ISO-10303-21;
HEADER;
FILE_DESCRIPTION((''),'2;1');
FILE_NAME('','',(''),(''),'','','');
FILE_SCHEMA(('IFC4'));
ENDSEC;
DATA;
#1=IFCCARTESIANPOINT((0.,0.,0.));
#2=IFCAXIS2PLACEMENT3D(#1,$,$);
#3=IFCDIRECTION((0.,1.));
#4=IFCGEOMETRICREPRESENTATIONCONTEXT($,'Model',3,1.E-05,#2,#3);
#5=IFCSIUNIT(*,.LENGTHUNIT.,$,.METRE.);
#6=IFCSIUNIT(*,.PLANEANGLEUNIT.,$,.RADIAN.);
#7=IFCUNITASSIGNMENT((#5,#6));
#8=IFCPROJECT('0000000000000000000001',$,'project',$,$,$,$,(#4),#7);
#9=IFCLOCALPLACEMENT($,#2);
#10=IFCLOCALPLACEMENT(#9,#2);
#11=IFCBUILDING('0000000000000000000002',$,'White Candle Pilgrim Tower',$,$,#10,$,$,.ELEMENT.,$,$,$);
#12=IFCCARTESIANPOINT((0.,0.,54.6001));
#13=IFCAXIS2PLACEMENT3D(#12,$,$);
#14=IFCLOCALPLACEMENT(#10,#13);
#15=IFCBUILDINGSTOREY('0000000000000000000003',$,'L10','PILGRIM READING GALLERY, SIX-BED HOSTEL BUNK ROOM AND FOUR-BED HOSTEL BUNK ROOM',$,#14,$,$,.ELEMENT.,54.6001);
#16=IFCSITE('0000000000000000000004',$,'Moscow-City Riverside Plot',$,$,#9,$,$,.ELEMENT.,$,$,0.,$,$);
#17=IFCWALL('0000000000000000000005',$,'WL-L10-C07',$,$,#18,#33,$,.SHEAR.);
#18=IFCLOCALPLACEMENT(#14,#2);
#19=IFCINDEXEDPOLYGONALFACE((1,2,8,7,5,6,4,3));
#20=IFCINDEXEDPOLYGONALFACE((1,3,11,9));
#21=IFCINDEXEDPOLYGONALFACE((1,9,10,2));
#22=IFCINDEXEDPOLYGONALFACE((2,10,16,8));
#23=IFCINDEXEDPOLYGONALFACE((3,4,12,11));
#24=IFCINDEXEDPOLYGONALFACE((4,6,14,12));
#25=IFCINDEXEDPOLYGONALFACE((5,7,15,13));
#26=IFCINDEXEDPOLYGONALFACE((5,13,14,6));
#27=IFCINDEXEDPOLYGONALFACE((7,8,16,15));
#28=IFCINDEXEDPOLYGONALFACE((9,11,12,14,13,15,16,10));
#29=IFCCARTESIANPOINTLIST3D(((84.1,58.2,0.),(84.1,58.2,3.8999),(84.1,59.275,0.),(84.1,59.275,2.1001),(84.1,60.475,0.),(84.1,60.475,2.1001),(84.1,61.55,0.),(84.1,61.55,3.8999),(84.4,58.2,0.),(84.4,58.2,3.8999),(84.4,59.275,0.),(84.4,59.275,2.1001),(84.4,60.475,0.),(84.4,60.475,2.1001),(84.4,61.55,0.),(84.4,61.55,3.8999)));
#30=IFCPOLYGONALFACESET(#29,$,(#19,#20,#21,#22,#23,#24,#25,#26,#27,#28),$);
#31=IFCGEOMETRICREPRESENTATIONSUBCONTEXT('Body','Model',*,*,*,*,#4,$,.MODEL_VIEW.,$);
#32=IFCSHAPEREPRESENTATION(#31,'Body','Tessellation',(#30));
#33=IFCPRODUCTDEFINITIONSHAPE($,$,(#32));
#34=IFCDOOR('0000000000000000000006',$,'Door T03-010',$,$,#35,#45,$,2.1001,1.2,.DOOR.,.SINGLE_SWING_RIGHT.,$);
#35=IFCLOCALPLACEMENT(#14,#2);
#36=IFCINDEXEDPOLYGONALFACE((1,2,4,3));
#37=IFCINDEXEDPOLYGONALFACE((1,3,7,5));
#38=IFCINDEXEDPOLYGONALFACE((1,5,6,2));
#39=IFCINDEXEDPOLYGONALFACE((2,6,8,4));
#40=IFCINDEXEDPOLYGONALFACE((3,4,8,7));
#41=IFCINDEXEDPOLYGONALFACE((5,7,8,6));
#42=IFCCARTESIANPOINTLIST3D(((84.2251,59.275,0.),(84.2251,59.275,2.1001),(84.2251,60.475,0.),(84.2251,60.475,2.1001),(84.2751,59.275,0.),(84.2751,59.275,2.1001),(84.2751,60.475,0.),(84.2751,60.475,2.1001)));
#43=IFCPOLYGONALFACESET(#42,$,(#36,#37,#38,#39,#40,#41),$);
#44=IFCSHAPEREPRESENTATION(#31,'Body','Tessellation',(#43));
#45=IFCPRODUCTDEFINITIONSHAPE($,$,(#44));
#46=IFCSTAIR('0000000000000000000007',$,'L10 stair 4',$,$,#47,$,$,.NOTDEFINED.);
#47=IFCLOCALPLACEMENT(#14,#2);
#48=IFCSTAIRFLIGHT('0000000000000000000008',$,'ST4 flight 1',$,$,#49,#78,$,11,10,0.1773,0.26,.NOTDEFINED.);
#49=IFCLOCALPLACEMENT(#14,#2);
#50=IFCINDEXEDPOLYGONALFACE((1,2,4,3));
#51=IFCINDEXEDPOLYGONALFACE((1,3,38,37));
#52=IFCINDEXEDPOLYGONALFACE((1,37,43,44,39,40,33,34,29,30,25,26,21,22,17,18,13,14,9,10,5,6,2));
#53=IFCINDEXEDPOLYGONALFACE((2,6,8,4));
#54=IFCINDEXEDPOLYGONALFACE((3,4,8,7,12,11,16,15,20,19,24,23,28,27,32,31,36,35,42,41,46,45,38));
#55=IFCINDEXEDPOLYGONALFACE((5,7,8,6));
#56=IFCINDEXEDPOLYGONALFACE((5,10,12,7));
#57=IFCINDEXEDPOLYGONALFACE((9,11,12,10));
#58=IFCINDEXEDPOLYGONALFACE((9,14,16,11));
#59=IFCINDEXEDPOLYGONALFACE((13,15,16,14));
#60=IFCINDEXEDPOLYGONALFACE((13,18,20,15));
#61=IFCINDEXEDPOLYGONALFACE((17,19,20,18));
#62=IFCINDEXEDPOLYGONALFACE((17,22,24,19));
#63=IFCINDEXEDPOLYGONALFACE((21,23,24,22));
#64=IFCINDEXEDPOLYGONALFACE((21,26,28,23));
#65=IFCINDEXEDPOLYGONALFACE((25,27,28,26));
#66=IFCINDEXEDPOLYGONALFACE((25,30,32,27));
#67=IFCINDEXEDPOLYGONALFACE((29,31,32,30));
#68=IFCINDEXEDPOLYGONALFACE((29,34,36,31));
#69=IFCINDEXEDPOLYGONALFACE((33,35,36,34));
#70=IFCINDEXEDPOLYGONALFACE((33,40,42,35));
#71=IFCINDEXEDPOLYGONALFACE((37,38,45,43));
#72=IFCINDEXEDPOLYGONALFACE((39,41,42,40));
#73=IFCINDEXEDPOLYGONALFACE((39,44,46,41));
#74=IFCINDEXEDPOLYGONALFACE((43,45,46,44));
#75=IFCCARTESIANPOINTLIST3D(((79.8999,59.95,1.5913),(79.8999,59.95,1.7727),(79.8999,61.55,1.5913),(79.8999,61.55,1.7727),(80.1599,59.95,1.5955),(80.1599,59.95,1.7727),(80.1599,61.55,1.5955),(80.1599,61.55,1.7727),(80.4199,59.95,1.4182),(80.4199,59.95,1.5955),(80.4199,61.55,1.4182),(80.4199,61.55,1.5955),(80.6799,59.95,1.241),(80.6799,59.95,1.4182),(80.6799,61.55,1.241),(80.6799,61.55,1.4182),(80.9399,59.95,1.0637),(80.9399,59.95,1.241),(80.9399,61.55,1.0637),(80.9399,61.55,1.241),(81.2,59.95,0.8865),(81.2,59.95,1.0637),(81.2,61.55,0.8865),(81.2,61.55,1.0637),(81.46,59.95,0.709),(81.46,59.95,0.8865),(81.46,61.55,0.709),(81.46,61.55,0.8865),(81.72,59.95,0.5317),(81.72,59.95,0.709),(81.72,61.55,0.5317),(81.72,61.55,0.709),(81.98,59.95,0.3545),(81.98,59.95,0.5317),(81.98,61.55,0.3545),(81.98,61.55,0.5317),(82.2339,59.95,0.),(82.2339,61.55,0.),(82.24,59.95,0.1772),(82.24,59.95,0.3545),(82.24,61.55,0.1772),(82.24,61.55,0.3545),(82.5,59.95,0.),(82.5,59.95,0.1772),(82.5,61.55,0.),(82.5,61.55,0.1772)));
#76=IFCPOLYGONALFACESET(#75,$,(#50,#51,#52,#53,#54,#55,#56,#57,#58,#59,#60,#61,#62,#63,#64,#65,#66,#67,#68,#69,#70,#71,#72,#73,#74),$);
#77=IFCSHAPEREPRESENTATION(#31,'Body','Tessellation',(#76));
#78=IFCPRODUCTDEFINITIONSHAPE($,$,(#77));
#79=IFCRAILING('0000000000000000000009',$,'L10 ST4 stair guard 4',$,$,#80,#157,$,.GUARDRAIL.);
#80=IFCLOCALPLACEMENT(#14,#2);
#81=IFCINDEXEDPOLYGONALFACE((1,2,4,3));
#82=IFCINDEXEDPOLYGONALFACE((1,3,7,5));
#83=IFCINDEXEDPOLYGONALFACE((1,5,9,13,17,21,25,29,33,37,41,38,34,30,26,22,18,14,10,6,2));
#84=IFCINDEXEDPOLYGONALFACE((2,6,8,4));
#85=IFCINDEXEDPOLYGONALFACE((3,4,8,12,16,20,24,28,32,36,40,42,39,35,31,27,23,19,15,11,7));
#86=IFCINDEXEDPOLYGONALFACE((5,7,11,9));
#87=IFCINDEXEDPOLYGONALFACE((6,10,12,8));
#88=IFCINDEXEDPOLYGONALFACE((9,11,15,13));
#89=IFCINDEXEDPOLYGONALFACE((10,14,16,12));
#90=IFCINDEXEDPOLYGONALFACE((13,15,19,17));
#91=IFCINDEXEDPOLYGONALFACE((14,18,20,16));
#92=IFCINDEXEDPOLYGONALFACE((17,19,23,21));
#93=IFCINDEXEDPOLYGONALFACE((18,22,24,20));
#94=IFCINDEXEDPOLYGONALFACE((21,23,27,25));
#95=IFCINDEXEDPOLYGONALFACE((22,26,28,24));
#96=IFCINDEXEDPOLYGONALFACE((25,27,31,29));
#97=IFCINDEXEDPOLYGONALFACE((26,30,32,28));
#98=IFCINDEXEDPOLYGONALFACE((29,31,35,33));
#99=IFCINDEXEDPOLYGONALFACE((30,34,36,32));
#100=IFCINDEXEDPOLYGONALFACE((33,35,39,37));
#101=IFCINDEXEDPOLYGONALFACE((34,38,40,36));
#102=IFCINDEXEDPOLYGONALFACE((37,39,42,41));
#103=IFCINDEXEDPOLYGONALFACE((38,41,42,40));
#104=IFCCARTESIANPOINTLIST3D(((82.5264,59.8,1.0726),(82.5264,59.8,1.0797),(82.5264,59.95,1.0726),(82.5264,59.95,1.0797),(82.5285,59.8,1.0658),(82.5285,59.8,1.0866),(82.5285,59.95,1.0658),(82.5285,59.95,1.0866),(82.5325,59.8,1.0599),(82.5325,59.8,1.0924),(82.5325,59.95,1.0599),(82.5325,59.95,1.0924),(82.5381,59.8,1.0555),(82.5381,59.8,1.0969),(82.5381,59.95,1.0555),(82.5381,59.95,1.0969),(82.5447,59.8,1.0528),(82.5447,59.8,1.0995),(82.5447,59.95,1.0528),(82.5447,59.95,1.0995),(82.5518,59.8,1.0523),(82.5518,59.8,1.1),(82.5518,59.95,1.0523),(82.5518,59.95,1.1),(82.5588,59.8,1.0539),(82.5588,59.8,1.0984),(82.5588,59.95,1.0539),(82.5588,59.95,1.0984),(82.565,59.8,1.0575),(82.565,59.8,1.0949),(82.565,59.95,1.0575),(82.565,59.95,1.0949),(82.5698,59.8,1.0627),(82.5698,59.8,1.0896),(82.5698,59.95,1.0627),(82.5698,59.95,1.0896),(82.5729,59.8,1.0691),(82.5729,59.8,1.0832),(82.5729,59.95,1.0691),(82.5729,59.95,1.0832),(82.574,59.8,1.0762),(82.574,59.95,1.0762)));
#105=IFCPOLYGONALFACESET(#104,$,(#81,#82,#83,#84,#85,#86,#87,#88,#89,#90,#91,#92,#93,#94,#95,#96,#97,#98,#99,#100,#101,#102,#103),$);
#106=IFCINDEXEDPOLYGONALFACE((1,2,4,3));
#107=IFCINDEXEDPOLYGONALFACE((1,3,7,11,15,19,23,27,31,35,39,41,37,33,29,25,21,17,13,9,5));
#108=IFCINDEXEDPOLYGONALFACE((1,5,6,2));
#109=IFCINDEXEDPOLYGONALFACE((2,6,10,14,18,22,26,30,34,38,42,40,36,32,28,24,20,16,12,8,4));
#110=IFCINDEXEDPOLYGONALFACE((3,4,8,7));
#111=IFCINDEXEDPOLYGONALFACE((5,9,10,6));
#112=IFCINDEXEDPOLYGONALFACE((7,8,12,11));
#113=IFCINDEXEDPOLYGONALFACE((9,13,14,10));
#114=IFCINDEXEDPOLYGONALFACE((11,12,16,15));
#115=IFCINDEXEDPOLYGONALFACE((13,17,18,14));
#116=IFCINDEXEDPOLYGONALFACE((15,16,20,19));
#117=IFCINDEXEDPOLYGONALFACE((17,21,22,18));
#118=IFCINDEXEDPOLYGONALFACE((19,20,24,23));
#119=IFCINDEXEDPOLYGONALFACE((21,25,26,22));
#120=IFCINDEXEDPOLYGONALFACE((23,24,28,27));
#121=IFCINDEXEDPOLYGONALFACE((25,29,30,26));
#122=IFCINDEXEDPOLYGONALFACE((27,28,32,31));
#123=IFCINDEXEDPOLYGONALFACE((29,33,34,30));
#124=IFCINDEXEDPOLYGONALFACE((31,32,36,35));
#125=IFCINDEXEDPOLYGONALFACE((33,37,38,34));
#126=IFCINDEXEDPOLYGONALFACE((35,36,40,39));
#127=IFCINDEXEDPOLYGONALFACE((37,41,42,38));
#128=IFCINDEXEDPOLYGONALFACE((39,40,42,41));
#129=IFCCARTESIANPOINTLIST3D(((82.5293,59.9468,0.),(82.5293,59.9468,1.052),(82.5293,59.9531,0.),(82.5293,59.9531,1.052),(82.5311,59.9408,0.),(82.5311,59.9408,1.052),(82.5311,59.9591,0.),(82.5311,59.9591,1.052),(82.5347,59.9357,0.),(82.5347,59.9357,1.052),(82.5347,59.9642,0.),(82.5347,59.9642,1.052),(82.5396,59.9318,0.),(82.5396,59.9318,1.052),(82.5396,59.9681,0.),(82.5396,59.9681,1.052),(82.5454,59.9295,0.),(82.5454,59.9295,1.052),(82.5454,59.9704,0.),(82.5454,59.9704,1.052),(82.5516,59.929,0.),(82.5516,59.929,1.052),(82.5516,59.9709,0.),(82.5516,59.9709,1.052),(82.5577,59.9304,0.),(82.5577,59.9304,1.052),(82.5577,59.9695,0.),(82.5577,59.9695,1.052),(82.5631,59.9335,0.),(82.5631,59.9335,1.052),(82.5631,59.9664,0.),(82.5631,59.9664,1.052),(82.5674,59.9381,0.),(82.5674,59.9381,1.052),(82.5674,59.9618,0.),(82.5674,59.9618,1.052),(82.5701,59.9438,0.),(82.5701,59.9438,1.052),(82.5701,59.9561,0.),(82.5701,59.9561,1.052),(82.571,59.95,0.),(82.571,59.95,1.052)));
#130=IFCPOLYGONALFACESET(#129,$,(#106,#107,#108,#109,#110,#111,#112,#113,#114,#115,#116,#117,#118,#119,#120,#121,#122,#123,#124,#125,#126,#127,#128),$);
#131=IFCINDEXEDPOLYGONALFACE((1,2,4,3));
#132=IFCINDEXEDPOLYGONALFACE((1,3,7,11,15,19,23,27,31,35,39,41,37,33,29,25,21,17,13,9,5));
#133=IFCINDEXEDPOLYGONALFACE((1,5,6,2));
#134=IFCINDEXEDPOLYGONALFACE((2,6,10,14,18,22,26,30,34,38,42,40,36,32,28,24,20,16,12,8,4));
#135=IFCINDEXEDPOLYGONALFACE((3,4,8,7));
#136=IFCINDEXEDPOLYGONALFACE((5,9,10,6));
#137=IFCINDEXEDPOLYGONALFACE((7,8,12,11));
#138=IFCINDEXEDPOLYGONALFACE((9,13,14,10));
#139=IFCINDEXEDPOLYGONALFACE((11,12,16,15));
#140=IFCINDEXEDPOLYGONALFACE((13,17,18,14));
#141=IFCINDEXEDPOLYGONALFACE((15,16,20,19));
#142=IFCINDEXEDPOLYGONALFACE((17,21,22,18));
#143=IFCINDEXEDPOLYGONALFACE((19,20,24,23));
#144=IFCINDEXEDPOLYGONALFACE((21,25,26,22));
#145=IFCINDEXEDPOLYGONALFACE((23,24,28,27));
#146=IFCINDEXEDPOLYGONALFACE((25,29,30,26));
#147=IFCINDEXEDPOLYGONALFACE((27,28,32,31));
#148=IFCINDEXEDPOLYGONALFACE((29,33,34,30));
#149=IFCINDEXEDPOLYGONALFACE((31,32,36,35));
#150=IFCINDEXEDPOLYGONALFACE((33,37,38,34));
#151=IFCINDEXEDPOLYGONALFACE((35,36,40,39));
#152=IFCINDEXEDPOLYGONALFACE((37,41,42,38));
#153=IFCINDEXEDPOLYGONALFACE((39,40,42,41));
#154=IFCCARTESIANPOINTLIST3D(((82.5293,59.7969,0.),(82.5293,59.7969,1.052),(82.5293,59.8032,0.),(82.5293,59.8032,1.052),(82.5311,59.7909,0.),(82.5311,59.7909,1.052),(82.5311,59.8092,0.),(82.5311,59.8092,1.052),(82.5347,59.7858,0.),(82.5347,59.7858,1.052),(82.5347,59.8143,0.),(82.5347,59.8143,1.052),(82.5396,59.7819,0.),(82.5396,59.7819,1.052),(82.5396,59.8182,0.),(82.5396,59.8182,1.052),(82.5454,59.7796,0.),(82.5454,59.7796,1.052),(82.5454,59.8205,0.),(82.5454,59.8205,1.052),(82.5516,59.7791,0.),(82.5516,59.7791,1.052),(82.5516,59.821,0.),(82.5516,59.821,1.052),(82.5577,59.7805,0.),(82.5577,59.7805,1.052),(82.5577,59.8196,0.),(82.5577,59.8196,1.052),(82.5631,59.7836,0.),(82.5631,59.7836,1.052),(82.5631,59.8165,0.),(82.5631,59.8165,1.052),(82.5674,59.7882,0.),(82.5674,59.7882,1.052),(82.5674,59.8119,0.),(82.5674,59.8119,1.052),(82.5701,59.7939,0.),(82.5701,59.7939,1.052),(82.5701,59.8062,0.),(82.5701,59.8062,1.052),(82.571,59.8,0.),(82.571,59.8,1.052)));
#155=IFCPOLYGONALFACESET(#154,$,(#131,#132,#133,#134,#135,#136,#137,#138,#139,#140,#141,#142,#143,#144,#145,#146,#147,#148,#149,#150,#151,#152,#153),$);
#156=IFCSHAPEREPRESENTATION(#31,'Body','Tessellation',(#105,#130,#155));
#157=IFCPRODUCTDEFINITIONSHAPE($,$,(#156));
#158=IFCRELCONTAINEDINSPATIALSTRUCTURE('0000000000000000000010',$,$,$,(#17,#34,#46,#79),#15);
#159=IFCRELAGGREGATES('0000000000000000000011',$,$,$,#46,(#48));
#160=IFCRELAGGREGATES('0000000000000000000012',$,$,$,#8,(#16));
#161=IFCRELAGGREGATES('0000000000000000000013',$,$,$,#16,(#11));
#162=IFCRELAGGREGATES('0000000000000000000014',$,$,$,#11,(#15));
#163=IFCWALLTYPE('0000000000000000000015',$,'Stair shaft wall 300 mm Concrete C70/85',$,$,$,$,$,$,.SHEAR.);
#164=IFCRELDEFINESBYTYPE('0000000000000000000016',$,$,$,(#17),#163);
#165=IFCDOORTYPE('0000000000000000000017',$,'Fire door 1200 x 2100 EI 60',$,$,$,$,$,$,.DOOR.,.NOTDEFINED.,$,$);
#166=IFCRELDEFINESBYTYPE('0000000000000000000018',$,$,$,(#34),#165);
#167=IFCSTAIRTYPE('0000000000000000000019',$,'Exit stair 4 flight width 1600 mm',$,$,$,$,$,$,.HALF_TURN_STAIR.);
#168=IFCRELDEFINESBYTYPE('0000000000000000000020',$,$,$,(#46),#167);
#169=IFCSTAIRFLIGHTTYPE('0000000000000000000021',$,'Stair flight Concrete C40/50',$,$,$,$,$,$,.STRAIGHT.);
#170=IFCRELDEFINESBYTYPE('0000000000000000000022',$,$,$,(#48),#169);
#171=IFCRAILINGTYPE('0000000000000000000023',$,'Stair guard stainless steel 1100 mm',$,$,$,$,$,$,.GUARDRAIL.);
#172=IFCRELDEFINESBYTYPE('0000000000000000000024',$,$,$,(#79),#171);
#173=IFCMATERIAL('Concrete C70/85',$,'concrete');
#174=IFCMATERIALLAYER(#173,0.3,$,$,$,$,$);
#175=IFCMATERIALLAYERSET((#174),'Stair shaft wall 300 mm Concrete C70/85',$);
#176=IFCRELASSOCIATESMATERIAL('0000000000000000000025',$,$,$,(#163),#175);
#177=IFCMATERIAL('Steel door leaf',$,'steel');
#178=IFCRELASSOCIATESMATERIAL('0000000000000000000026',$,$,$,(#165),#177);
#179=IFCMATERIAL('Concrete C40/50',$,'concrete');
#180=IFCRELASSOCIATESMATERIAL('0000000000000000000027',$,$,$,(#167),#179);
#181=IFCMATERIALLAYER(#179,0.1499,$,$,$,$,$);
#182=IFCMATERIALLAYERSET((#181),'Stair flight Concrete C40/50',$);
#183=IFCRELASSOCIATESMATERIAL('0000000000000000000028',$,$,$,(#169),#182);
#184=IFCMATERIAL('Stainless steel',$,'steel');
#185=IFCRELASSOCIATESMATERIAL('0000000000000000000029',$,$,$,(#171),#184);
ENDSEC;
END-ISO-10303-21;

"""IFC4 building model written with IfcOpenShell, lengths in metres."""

from ifc_helpers import new_model, si_unit, direction, frame, frame_2d, origin, origin_2d, place, context, subcontext, project, spatial, polyline, rectangle, circle, outline, extrude, material, layer, layer_set, type_object, element, fill, aggregate, save


model = new_model("IFC4")

# Units and contexts
model_context = context("Model", 3, precision=1e-05, world=origin(), true_north=direction((0.0, 1.0)))
body_context = subcontext(model_context, "Body", "Model", "MODEL_VIEW")
ifc_project = project(units=[si_unit("LENGTHUNIT", "METRE"), si_unit("PLANEANGLEUNIT", "RADIAN")], contexts=[model_context])

# Site, building, storey
site_placement = place(None, origin())
site = spatial("IfcSite", under=ifc_project, at=site_placement, Name="Moscow-City Riverside Plot", CompositionType="ELEMENT", RefElevation=0.0)
building_placement = place(site_placement, origin())
building = spatial("IfcBuilding", under=site, at=building_placement, Name="White Candle Pilgrim Tower", CompositionType="ELEMENT")
storey_placement = place(building_placement, frame((0.0, 0.0, 54.6001)))
storey = spatial("IfcBuildingStorey", under=building, at=storey_placement, Name="L10", Description="PILGRIM READING GALLERY, SIX-BED HOSTEL BUNK ROOM AND FOUR-BED HOSTEL BUNK ROOM", CompositionType="ELEMENT", Elevation=54.6001)

# Shared definitions
ifc_material_1 = material(Name="Concrete C70/85", Category="concrete")

# Shared definitions
ifc_material_2 = material(Name="Steel door leaf", Category="steel")

# Wall, opening, door
ifc_layer_1 = layer(ifc_material_1, 0.3)
ifc_layer_set_1 = layer_set([ifc_layer_1], Name="Stair shaft wall 300 mm Concrete C70/85")
wall_type_1 = type_object("IfcWallType", Name="Stair shaft wall 300 mm Concrete C70/85", PredefinedType="SHEAR", material=ifc_layer_set_1)
wall_1_placement = place(storey_placement, frame((84.25, 58.2, 0.0), z_axis=(0.0, 0.0, 1.0), x_axis=(0.0, 1.0, 0.0)))
wall_1 = element("IfcWall", 1, at=wall_1_placement, inside=storey, type_object=wall_type_1, Name="WL-L10-C07", PredefinedType="SHEAR", context=body_context, shape_type="SweptSolid", body=[
    extrude(rectangle(XDim=3.3501, YDim=0.3, at=frame_2d((1.675, 0.0))), origin(), (0.0, 0.0, 1.0), 3.8999),
])
opening_1_placement = place(wall_1_placement, frame((1.075, 0.0, 0.0)))
opening_1 = element("IfcOpeningElement", 2, at=opening_1_placement, cuts=wall_1, PredefinedType="OPENING", context=body_context, shape_type="SweptSolid", body=[
    extrude(rectangle(XDim=1.2, YDim=2.1001, at=frame_2d((0.6001, 1.05))), frame((0.0, 0.1599, 0.0), z_axis=(0.0, -1.0, 0.0), x_axis=(1.0, 0.0, 0.0)), (0.0, 0.0, 1.0), 0.3201),
])
door_type_1 = type_object("IfcDoorType", Name="Fire door 1200 x 2100 EI 60", OperationType="NOTDEFINED", PredefinedType="DOOR", material=ifc_material_2)
door_1_placement = place(opening_1_placement, origin())
door_1 = element("IfcDoor", 3, at=door_1_placement, inside=storey, type_object=door_type_1, Name="Door T03-010", OperationType="SINGLE_SWING_RIGHT", OverallHeight=2.1001, OverallWidth=1.2, PredefinedType="DOOR", context=body_context, shape_type="SweptSolid", body=[
    extrude(rectangle(XDim=1.2, YDim=2.1001, at=frame_2d((0.6001, 1.05))), frame((0.0, 0.0249, 0.0), z_axis=(0.0, -1.0, 0.0), x_axis=(1.0, 0.0, 0.0)), (0.0, 0.0, 1.0), 0.05),
])
fill(opening_1, door_1)

# Stair, stair flight
ifc_material_3 = material(Name="Concrete C40/50", Category="concrete")
stair_type = type_object("IfcStairType", Name="Exit stair 4 flight width 1600 mm", PredefinedType="HALF_TURN_STAIR", material=ifc_material_3)
stair_placement = place(storey_placement, origin())
stair = element("IfcStair", 4, at=stair_placement, inside=storey, type_object=stair_type, Name="L10 stair 4", PredefinedType="NOTDEFINED")
ifc_layer_2 = layer(ifc_material_3, 0.1499)
ifc_layer_set_2 = layer_set([ifc_layer_2], Name="Stair flight Concrete C40/50")
stair_flight_type = type_object("IfcStairFlightType", Name="Stair flight Concrete C40/50", PredefinedType="STRAIGHT", material=ifc_layer_set_2)
stair_flight_placement = place(storey_placement, frame((82.5, 60.75, 0.0), z_axis=(0.0, 0.0, 1.0), x_axis=(-1.0, 0.0, 0.0)))
stair_flight = element("IfcStairFlight", 5, at=stair_flight_placement, type_object=stair_flight_type, Name="ST4 flight 1", NumberOfRisers=11, NumberOfTreads=10, PredefinedType="NOTDEFINED", RiserHeight=0.1773, TreadLength=0.26, context=body_context, shape_type="SweptSolid", body=[
    extrude(outline(polyline([(0.0, 0.0), (0.0, 0.1772), (0.26, 0.1772), (0.26, 0.3545), (0.52, 0.3545), (0.52, 0.5317), (0.78, 0.5317), (0.78, 0.709), (1.04, 0.709), (1.04, 0.8865), (1.3, 0.8865), (1.3, 1.0637), (1.5601, 1.0637), (1.5601, 1.241), (1.8201, 1.241), (1.8201, 1.4182), (2.0801, 1.4182), (2.0801, 1.5955), (2.3401, 1.5955), (2.3401, 1.7727), (2.6001, 1.7727), (2.6001, 1.95), (2.6001, 1.5913), (0.2661, 0.0), (0.0, 0.0)])), frame((0.0, 0.8, 0.0), z_axis=(0.0, -1.0, 0.0), x_axis=(1.0, 0.0, 0.0)), (0.0, 0.0, 1.0), 1.6001),
])
aggregate(stair, [stair_flight])

# Railing
ifc_material_4 = material(Name="Stainless steel", Category="steel")
railing_type_1 = type_object("IfcRailingType", Name="Stair guard stainless steel 1100 mm", PredefinedType="GUARDRAIL", material=ifc_material_4)
railing_1_placement = place(storey_placement, frame((82.55, 59.95, 0.0)))
element("IfcRailing", 6, at=railing_1_placement, inside=storey, type_object=railing_type_1, Name="L10 ST4 stair guard 4", PredefinedType="GUARDRAIL", context=body_context, shape_type="SweptSolid", body=[
    extrude(circle(Radius=0.0239, at=origin_2d()), frame((0.0, 0.0, 1.0762), z_axis=(0.0, -1.0, 0.0), x_axis=(1.0, 0.0, 0.0)), (0.0, 0.0, 1.0), 0.1499),
    extrude(circle(Radius=0.021, at=origin_2d()), origin(), (0.0, 0.0, 1.0), 1.052),
    extrude(circle(Radius=0.021, at=origin_2d()), frame((0.0, -0.1499, 0.0)), (0.0, 0.0, 1.0), 1.052),
])

save(model, "model.ifc")
